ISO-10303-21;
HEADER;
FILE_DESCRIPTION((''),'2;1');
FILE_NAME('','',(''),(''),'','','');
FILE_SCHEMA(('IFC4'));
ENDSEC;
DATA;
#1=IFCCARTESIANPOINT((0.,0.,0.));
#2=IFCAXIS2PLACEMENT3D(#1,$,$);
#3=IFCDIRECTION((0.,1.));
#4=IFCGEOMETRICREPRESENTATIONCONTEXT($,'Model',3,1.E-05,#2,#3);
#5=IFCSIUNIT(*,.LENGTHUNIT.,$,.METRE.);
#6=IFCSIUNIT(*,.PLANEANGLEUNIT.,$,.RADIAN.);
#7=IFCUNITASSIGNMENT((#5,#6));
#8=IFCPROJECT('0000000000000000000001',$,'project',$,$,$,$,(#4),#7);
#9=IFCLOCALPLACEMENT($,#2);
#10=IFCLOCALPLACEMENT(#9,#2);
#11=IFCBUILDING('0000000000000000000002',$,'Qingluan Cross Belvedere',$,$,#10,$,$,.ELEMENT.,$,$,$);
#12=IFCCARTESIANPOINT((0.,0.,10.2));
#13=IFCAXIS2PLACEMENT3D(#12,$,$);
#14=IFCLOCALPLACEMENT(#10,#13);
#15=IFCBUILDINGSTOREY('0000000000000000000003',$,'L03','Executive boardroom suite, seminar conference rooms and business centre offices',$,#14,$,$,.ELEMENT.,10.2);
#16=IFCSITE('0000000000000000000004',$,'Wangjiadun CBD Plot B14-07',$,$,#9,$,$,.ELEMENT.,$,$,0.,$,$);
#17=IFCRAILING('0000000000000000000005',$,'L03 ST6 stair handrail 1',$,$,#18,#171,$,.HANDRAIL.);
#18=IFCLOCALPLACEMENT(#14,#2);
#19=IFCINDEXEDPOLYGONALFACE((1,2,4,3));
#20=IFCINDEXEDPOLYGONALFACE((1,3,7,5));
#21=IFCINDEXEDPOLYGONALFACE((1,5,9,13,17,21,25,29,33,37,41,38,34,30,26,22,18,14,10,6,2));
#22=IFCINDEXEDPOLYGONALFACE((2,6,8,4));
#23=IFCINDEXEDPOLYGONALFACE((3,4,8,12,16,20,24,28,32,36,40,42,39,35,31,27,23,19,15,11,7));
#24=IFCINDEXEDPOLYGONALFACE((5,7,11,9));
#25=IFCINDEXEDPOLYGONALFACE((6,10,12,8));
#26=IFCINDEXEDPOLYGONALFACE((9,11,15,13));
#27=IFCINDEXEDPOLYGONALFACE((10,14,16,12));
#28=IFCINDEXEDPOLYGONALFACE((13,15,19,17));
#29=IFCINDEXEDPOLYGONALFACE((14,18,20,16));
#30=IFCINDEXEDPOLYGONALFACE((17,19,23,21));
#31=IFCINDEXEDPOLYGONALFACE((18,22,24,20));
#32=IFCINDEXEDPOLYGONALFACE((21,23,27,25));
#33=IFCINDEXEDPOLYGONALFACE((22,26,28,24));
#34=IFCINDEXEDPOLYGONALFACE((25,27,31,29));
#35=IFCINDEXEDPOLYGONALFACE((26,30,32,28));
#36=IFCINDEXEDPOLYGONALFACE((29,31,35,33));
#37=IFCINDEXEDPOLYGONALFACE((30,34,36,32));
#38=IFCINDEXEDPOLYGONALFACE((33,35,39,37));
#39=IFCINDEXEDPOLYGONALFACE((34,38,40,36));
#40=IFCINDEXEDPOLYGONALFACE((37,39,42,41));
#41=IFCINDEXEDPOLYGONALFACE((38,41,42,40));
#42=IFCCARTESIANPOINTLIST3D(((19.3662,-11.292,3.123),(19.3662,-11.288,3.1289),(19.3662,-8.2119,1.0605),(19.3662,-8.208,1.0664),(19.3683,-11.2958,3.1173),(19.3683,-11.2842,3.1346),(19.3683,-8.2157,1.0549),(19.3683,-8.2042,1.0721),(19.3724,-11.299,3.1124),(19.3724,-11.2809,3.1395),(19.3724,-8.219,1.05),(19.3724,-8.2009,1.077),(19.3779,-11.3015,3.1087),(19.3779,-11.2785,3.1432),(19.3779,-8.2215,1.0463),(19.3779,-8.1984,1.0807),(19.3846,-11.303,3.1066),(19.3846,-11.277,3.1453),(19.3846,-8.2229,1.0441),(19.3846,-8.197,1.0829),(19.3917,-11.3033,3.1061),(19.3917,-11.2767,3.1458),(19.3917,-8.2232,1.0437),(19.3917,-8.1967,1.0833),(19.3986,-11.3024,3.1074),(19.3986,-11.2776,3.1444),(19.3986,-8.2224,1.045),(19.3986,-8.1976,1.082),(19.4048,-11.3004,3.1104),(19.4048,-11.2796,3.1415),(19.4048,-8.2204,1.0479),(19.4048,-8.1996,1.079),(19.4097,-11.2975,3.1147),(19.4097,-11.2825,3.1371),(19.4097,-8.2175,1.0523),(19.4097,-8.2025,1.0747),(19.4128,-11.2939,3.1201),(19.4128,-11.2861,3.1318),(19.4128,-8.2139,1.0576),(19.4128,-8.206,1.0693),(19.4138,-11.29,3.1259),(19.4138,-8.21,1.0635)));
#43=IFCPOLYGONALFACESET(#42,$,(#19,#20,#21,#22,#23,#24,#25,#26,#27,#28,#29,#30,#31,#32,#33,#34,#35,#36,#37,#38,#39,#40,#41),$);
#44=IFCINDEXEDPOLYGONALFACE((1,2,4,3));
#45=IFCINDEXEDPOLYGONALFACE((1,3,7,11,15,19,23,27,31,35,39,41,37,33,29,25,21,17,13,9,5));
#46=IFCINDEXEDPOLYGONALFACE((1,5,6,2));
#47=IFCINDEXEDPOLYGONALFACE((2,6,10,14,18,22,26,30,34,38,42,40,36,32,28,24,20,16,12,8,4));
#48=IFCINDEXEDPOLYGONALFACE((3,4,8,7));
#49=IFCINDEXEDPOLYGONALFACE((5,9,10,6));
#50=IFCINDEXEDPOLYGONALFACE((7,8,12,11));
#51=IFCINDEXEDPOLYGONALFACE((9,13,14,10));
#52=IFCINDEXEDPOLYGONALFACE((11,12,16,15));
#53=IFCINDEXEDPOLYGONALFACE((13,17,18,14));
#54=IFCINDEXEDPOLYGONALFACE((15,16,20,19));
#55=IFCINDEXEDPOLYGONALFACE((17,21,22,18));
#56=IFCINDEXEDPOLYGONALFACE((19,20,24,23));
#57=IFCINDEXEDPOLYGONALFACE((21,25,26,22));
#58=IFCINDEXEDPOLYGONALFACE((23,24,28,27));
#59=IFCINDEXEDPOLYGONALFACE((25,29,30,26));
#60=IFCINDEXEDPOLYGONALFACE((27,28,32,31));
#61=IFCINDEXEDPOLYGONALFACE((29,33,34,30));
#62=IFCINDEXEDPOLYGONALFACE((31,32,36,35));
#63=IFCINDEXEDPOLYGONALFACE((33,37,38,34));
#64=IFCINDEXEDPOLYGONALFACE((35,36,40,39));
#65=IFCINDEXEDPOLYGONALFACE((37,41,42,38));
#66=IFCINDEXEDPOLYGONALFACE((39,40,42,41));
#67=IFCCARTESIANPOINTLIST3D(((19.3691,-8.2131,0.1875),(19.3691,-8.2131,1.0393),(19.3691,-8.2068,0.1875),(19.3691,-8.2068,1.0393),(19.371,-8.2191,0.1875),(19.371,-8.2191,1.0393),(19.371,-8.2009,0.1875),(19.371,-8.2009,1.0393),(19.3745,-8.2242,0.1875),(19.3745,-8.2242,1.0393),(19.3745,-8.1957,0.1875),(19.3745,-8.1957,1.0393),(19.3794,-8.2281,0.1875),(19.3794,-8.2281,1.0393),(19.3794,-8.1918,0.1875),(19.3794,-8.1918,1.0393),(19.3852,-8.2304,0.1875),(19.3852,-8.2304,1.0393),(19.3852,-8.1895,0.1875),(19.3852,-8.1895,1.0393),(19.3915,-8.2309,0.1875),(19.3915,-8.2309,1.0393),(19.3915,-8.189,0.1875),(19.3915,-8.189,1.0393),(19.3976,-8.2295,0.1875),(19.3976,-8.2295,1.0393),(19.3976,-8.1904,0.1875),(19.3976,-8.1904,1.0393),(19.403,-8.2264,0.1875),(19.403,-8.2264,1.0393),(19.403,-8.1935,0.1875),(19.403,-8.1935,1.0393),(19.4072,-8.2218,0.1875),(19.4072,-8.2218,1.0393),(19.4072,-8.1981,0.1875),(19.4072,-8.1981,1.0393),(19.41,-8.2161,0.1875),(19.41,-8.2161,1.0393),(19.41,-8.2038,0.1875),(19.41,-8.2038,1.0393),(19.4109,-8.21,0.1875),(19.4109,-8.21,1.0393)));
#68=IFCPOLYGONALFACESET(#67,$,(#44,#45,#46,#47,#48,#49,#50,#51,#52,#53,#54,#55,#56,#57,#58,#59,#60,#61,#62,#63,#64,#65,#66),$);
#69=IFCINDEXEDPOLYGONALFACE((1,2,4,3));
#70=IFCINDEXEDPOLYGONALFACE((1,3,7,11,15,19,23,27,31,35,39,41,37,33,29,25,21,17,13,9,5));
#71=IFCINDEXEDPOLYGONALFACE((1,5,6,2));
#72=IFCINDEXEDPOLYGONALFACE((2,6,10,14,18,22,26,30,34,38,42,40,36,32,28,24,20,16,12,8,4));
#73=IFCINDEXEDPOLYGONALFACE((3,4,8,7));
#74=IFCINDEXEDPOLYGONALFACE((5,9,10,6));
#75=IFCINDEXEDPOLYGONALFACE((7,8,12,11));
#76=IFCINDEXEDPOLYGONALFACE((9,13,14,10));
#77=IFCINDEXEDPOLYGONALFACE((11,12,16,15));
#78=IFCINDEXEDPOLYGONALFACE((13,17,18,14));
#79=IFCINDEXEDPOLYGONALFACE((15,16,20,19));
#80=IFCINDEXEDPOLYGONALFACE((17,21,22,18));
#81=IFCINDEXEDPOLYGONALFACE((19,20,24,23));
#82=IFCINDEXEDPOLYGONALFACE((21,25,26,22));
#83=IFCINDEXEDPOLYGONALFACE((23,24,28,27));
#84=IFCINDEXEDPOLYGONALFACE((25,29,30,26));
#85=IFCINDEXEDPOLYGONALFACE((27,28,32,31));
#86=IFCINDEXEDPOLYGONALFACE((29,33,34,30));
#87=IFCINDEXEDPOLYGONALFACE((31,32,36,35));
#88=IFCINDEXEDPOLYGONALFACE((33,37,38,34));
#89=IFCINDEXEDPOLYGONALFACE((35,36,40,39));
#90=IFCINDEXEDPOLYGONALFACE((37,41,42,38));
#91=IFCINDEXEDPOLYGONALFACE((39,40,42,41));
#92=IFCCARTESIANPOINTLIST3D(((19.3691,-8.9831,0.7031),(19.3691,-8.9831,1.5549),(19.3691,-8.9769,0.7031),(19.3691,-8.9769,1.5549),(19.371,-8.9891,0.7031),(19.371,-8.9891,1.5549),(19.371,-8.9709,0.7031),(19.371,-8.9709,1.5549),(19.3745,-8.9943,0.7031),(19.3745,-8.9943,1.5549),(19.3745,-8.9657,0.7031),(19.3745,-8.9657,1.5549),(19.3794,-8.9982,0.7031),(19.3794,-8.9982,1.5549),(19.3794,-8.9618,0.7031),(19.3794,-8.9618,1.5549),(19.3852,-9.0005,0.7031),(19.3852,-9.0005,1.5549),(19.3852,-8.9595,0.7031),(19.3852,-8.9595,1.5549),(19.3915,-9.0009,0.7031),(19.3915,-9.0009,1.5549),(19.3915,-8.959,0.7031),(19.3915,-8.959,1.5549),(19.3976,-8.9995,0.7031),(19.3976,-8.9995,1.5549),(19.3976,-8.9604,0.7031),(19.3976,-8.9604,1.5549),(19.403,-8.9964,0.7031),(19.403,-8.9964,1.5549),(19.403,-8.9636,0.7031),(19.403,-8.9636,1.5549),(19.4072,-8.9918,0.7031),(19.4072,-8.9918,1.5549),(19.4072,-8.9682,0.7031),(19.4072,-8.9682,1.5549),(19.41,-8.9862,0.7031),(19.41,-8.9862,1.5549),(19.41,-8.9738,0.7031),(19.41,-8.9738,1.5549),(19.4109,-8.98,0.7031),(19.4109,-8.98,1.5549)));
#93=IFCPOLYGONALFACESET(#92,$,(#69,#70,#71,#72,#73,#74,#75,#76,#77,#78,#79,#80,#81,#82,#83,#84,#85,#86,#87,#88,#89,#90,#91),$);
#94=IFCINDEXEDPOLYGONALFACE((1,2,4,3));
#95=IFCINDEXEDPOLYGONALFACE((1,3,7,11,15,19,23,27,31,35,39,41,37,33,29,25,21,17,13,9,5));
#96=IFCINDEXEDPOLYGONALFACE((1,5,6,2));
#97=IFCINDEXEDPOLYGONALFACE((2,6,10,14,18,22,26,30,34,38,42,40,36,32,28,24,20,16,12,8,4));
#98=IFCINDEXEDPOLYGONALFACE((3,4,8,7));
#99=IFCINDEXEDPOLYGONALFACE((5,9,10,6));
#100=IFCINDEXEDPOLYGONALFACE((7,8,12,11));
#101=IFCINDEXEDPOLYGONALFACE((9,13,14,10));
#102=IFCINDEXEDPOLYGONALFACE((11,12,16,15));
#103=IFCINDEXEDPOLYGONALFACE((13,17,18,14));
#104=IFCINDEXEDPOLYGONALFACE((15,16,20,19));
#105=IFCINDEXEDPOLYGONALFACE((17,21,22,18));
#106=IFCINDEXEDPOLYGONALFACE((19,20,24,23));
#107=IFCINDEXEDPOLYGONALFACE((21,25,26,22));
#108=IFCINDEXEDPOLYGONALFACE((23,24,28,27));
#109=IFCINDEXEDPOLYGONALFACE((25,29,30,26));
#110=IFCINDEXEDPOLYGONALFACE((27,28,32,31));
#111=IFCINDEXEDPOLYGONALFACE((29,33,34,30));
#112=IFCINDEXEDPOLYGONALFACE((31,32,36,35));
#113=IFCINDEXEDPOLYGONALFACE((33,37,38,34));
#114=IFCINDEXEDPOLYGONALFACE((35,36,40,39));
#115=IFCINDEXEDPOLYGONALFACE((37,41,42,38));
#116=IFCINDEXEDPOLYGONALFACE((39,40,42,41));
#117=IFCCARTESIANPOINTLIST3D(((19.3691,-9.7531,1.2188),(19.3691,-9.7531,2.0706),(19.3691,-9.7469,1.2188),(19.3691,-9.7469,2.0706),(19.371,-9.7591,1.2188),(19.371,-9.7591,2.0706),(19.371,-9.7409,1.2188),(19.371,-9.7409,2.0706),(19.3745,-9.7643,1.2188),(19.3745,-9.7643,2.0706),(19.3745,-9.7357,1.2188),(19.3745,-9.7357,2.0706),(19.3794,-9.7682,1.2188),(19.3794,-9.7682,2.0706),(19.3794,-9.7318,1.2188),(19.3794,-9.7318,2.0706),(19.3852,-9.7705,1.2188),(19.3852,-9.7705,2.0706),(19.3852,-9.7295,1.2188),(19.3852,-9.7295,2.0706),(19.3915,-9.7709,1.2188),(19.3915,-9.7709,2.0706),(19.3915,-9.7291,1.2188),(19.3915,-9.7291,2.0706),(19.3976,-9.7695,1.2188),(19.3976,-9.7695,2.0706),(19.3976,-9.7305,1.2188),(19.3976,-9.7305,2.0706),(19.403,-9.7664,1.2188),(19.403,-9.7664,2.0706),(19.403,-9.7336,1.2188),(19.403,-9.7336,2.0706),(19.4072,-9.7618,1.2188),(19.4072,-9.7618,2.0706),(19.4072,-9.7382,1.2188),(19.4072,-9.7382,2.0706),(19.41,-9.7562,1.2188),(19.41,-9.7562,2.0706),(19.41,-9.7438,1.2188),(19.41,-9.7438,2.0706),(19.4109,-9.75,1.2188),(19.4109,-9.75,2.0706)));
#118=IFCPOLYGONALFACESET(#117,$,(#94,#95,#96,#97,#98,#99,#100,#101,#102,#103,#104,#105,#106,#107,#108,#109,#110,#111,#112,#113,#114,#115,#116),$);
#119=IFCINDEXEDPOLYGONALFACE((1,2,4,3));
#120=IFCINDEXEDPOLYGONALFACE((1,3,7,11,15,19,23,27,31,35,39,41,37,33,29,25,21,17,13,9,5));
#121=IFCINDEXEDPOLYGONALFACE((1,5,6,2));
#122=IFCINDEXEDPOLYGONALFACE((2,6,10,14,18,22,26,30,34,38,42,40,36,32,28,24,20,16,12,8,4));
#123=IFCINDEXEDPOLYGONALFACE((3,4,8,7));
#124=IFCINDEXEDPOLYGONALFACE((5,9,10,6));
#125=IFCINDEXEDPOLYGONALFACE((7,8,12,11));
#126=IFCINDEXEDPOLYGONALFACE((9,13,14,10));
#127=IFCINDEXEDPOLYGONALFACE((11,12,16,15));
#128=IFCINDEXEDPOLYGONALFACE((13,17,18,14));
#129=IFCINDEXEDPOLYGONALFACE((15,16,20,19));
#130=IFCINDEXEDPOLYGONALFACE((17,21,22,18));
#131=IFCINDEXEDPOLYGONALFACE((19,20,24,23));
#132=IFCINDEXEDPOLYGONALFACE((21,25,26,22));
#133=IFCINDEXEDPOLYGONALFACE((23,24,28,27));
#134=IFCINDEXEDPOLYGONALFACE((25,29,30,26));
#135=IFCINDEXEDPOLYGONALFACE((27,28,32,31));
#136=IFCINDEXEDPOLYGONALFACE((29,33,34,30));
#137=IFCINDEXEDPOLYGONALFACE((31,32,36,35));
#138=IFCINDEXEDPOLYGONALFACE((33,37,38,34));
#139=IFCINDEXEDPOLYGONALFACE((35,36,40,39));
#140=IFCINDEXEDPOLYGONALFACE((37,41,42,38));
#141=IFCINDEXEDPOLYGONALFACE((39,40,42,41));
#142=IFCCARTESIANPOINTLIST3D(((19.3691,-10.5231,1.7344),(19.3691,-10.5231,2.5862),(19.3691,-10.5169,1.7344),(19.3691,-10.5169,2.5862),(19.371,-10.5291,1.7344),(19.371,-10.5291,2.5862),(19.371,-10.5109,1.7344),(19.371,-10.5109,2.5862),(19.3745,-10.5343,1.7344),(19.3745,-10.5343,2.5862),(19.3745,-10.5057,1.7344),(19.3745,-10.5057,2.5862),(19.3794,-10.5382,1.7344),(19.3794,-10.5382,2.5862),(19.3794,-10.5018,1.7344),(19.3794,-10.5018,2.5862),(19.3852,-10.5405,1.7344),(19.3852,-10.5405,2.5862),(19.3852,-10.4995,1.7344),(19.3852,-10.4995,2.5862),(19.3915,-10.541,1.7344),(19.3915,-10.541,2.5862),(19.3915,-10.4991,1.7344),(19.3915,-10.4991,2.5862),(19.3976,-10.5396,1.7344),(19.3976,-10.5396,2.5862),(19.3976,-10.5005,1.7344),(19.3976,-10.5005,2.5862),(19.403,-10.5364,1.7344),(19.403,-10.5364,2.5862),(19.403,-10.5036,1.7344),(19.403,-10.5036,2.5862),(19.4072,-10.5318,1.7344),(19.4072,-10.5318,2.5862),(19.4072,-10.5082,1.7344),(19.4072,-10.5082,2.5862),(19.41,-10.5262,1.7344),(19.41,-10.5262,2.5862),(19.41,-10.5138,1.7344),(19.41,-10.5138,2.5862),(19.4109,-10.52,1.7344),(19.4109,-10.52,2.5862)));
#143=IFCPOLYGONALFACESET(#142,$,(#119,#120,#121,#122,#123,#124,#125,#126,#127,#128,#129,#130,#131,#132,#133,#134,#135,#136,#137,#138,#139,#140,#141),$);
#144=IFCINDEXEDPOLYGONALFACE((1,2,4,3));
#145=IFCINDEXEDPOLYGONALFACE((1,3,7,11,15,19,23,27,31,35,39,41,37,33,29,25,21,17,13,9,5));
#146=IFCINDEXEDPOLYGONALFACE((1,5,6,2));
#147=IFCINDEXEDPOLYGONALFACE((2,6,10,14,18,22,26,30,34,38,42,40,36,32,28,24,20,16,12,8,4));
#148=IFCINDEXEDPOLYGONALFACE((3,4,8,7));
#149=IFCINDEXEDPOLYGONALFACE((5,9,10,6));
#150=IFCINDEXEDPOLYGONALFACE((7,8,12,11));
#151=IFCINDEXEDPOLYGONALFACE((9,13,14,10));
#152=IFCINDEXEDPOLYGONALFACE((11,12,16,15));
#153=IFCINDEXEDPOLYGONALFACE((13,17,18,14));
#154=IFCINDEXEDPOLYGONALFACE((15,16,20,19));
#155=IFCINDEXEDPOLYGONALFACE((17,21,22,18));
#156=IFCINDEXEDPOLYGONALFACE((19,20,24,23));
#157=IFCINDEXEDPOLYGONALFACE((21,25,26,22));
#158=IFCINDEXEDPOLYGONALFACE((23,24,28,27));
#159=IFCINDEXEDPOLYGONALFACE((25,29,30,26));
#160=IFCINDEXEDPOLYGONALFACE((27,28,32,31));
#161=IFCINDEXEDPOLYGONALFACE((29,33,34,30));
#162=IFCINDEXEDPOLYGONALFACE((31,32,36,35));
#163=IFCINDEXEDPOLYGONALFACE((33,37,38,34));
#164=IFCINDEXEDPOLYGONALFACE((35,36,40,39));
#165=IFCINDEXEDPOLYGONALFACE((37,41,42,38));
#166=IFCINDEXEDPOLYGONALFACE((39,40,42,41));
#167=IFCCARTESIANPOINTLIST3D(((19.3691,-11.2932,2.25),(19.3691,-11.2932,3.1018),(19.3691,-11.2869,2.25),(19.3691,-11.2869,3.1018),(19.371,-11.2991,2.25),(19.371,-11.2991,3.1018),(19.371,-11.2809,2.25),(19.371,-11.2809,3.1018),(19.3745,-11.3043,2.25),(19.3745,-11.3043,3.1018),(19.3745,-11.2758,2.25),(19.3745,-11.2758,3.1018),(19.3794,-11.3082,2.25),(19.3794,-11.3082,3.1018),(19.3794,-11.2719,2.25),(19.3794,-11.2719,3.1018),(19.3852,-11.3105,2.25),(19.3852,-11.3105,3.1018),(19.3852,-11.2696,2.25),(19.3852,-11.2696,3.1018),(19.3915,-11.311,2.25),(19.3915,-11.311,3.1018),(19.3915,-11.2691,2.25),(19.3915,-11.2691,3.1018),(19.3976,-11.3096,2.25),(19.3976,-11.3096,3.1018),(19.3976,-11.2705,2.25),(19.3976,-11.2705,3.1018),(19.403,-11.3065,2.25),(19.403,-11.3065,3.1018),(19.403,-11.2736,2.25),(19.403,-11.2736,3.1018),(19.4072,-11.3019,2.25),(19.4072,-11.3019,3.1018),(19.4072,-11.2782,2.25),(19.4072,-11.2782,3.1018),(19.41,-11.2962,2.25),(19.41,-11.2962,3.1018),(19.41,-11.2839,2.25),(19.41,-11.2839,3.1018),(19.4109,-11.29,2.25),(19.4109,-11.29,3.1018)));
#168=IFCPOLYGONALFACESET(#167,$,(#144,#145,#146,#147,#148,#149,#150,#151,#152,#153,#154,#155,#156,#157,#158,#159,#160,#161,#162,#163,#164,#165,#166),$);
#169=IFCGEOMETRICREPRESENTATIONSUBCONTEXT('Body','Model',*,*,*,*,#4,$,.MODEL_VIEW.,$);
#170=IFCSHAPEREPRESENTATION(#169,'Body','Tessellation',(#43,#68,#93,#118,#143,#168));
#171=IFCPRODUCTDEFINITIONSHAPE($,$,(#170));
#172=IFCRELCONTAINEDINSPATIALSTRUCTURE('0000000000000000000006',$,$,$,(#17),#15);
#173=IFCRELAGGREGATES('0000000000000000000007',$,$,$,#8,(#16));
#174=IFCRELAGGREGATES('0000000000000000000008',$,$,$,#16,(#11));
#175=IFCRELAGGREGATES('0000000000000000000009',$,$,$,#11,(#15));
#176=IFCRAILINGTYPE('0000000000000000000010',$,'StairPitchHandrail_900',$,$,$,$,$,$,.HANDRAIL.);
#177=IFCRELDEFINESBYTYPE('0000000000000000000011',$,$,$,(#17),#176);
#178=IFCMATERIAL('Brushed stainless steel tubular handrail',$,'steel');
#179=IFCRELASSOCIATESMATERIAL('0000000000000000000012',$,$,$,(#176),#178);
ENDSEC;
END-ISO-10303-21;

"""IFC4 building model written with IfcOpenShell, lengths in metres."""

from ifc_helpers import new_model, si_unit, direction, frame, origin, origin_2d, place, context, subcontext, project, spatial, circle, extrude, material, type_object, element, save


model = new_model("IFC4")

# Units and contexts
model_context = context("Model", 3, precision=1e-05, world=origin(), true_north=direction((0.0, 1.0)))
body_context = subcontext(model_context, "Body", "Model", "MODEL_VIEW")
ifc_project = project(units=[si_unit("LENGTHUNIT", "METRE"), si_unit("PLANEANGLEUNIT", "RADIAN")], contexts=[model_context])

# Site, building, storey
site_placement = place(None, origin())
site = spatial("IfcSite", under=ifc_project, at=site_placement, Name="Wangjiadun CBD Plot B14-07", CompositionType="ELEMENT", RefElevation=0.0)
building_placement = place(site_placement, origin())
building = spatial("IfcBuilding", under=site, at=building_placement, Name="Qingluan Cross Belvedere", CompositionType="ELEMENT")
storey_placement = place(building_placement, frame((0.0, 0.0, 10.2)))
storey = spatial("IfcBuildingStorey", under=building, at=storey_placement, Name="L03", Description="Executive boardroom suite, seminar conference rooms and business centre offices", CompositionType="ELEMENT", Elevation=10.2)

# Railing
ifc_material_1 = material(Name="Brushed stainless steel tubular handrail", Category="steel")
railing_type_1 = type_object("IfcRailingType", Name="StairPitchHandrail_900", PredefinedType="HANDRAIL", material=ifc_material_1)
railing_1_placement = place(storey_placement, frame((19.3899, -8.21, 0.1875)))
element("IfcRailing", 1, at=railing_1_placement, inside=storey, type_object=railing_type_1, Name="L03 ST6 stair handrail 1", PredefinedType="HANDRAIL", context=body_context, shape_type="SweptSolid", body=[
    extrude(circle(Radius=0.0239, at=origin_2d()), frame((0.0, 0.0, 0.876), z_axis=(0.0, -0.830914, 0.556401), x_axis=(1.0, 0.0, 0.0)), (0.0, 0.0, 1.0), 3.7068),
    extrude(circle(Radius=0.021, at=origin_2d()), origin(), (0.0, 0.0, 1.0), 0.8518),
    extrude(circle(Radius=0.021, at=origin_2d()), frame((0.0, -0.77, 0.5156)), (0.0, 0.0, 1.0), 0.8518),
    extrude(circle(Radius=0.021, at=origin_2d()), frame((0.0, -1.54, 1.0312)), (0.0, 0.0, 1.0), 0.8518),
    extrude(circle(Radius=0.021, at=origin_2d()), frame((0.0, -2.3101, 1.5469)), (0.0, 0.0, 1.0), 0.8518),
    extrude(circle(Radius=0.021, at=origin_2d()), frame((0.0, -3.0801, 2.0625)), (0.0, 0.0, 1.0), 0.8518),
])

save(model, "model.ifc")
